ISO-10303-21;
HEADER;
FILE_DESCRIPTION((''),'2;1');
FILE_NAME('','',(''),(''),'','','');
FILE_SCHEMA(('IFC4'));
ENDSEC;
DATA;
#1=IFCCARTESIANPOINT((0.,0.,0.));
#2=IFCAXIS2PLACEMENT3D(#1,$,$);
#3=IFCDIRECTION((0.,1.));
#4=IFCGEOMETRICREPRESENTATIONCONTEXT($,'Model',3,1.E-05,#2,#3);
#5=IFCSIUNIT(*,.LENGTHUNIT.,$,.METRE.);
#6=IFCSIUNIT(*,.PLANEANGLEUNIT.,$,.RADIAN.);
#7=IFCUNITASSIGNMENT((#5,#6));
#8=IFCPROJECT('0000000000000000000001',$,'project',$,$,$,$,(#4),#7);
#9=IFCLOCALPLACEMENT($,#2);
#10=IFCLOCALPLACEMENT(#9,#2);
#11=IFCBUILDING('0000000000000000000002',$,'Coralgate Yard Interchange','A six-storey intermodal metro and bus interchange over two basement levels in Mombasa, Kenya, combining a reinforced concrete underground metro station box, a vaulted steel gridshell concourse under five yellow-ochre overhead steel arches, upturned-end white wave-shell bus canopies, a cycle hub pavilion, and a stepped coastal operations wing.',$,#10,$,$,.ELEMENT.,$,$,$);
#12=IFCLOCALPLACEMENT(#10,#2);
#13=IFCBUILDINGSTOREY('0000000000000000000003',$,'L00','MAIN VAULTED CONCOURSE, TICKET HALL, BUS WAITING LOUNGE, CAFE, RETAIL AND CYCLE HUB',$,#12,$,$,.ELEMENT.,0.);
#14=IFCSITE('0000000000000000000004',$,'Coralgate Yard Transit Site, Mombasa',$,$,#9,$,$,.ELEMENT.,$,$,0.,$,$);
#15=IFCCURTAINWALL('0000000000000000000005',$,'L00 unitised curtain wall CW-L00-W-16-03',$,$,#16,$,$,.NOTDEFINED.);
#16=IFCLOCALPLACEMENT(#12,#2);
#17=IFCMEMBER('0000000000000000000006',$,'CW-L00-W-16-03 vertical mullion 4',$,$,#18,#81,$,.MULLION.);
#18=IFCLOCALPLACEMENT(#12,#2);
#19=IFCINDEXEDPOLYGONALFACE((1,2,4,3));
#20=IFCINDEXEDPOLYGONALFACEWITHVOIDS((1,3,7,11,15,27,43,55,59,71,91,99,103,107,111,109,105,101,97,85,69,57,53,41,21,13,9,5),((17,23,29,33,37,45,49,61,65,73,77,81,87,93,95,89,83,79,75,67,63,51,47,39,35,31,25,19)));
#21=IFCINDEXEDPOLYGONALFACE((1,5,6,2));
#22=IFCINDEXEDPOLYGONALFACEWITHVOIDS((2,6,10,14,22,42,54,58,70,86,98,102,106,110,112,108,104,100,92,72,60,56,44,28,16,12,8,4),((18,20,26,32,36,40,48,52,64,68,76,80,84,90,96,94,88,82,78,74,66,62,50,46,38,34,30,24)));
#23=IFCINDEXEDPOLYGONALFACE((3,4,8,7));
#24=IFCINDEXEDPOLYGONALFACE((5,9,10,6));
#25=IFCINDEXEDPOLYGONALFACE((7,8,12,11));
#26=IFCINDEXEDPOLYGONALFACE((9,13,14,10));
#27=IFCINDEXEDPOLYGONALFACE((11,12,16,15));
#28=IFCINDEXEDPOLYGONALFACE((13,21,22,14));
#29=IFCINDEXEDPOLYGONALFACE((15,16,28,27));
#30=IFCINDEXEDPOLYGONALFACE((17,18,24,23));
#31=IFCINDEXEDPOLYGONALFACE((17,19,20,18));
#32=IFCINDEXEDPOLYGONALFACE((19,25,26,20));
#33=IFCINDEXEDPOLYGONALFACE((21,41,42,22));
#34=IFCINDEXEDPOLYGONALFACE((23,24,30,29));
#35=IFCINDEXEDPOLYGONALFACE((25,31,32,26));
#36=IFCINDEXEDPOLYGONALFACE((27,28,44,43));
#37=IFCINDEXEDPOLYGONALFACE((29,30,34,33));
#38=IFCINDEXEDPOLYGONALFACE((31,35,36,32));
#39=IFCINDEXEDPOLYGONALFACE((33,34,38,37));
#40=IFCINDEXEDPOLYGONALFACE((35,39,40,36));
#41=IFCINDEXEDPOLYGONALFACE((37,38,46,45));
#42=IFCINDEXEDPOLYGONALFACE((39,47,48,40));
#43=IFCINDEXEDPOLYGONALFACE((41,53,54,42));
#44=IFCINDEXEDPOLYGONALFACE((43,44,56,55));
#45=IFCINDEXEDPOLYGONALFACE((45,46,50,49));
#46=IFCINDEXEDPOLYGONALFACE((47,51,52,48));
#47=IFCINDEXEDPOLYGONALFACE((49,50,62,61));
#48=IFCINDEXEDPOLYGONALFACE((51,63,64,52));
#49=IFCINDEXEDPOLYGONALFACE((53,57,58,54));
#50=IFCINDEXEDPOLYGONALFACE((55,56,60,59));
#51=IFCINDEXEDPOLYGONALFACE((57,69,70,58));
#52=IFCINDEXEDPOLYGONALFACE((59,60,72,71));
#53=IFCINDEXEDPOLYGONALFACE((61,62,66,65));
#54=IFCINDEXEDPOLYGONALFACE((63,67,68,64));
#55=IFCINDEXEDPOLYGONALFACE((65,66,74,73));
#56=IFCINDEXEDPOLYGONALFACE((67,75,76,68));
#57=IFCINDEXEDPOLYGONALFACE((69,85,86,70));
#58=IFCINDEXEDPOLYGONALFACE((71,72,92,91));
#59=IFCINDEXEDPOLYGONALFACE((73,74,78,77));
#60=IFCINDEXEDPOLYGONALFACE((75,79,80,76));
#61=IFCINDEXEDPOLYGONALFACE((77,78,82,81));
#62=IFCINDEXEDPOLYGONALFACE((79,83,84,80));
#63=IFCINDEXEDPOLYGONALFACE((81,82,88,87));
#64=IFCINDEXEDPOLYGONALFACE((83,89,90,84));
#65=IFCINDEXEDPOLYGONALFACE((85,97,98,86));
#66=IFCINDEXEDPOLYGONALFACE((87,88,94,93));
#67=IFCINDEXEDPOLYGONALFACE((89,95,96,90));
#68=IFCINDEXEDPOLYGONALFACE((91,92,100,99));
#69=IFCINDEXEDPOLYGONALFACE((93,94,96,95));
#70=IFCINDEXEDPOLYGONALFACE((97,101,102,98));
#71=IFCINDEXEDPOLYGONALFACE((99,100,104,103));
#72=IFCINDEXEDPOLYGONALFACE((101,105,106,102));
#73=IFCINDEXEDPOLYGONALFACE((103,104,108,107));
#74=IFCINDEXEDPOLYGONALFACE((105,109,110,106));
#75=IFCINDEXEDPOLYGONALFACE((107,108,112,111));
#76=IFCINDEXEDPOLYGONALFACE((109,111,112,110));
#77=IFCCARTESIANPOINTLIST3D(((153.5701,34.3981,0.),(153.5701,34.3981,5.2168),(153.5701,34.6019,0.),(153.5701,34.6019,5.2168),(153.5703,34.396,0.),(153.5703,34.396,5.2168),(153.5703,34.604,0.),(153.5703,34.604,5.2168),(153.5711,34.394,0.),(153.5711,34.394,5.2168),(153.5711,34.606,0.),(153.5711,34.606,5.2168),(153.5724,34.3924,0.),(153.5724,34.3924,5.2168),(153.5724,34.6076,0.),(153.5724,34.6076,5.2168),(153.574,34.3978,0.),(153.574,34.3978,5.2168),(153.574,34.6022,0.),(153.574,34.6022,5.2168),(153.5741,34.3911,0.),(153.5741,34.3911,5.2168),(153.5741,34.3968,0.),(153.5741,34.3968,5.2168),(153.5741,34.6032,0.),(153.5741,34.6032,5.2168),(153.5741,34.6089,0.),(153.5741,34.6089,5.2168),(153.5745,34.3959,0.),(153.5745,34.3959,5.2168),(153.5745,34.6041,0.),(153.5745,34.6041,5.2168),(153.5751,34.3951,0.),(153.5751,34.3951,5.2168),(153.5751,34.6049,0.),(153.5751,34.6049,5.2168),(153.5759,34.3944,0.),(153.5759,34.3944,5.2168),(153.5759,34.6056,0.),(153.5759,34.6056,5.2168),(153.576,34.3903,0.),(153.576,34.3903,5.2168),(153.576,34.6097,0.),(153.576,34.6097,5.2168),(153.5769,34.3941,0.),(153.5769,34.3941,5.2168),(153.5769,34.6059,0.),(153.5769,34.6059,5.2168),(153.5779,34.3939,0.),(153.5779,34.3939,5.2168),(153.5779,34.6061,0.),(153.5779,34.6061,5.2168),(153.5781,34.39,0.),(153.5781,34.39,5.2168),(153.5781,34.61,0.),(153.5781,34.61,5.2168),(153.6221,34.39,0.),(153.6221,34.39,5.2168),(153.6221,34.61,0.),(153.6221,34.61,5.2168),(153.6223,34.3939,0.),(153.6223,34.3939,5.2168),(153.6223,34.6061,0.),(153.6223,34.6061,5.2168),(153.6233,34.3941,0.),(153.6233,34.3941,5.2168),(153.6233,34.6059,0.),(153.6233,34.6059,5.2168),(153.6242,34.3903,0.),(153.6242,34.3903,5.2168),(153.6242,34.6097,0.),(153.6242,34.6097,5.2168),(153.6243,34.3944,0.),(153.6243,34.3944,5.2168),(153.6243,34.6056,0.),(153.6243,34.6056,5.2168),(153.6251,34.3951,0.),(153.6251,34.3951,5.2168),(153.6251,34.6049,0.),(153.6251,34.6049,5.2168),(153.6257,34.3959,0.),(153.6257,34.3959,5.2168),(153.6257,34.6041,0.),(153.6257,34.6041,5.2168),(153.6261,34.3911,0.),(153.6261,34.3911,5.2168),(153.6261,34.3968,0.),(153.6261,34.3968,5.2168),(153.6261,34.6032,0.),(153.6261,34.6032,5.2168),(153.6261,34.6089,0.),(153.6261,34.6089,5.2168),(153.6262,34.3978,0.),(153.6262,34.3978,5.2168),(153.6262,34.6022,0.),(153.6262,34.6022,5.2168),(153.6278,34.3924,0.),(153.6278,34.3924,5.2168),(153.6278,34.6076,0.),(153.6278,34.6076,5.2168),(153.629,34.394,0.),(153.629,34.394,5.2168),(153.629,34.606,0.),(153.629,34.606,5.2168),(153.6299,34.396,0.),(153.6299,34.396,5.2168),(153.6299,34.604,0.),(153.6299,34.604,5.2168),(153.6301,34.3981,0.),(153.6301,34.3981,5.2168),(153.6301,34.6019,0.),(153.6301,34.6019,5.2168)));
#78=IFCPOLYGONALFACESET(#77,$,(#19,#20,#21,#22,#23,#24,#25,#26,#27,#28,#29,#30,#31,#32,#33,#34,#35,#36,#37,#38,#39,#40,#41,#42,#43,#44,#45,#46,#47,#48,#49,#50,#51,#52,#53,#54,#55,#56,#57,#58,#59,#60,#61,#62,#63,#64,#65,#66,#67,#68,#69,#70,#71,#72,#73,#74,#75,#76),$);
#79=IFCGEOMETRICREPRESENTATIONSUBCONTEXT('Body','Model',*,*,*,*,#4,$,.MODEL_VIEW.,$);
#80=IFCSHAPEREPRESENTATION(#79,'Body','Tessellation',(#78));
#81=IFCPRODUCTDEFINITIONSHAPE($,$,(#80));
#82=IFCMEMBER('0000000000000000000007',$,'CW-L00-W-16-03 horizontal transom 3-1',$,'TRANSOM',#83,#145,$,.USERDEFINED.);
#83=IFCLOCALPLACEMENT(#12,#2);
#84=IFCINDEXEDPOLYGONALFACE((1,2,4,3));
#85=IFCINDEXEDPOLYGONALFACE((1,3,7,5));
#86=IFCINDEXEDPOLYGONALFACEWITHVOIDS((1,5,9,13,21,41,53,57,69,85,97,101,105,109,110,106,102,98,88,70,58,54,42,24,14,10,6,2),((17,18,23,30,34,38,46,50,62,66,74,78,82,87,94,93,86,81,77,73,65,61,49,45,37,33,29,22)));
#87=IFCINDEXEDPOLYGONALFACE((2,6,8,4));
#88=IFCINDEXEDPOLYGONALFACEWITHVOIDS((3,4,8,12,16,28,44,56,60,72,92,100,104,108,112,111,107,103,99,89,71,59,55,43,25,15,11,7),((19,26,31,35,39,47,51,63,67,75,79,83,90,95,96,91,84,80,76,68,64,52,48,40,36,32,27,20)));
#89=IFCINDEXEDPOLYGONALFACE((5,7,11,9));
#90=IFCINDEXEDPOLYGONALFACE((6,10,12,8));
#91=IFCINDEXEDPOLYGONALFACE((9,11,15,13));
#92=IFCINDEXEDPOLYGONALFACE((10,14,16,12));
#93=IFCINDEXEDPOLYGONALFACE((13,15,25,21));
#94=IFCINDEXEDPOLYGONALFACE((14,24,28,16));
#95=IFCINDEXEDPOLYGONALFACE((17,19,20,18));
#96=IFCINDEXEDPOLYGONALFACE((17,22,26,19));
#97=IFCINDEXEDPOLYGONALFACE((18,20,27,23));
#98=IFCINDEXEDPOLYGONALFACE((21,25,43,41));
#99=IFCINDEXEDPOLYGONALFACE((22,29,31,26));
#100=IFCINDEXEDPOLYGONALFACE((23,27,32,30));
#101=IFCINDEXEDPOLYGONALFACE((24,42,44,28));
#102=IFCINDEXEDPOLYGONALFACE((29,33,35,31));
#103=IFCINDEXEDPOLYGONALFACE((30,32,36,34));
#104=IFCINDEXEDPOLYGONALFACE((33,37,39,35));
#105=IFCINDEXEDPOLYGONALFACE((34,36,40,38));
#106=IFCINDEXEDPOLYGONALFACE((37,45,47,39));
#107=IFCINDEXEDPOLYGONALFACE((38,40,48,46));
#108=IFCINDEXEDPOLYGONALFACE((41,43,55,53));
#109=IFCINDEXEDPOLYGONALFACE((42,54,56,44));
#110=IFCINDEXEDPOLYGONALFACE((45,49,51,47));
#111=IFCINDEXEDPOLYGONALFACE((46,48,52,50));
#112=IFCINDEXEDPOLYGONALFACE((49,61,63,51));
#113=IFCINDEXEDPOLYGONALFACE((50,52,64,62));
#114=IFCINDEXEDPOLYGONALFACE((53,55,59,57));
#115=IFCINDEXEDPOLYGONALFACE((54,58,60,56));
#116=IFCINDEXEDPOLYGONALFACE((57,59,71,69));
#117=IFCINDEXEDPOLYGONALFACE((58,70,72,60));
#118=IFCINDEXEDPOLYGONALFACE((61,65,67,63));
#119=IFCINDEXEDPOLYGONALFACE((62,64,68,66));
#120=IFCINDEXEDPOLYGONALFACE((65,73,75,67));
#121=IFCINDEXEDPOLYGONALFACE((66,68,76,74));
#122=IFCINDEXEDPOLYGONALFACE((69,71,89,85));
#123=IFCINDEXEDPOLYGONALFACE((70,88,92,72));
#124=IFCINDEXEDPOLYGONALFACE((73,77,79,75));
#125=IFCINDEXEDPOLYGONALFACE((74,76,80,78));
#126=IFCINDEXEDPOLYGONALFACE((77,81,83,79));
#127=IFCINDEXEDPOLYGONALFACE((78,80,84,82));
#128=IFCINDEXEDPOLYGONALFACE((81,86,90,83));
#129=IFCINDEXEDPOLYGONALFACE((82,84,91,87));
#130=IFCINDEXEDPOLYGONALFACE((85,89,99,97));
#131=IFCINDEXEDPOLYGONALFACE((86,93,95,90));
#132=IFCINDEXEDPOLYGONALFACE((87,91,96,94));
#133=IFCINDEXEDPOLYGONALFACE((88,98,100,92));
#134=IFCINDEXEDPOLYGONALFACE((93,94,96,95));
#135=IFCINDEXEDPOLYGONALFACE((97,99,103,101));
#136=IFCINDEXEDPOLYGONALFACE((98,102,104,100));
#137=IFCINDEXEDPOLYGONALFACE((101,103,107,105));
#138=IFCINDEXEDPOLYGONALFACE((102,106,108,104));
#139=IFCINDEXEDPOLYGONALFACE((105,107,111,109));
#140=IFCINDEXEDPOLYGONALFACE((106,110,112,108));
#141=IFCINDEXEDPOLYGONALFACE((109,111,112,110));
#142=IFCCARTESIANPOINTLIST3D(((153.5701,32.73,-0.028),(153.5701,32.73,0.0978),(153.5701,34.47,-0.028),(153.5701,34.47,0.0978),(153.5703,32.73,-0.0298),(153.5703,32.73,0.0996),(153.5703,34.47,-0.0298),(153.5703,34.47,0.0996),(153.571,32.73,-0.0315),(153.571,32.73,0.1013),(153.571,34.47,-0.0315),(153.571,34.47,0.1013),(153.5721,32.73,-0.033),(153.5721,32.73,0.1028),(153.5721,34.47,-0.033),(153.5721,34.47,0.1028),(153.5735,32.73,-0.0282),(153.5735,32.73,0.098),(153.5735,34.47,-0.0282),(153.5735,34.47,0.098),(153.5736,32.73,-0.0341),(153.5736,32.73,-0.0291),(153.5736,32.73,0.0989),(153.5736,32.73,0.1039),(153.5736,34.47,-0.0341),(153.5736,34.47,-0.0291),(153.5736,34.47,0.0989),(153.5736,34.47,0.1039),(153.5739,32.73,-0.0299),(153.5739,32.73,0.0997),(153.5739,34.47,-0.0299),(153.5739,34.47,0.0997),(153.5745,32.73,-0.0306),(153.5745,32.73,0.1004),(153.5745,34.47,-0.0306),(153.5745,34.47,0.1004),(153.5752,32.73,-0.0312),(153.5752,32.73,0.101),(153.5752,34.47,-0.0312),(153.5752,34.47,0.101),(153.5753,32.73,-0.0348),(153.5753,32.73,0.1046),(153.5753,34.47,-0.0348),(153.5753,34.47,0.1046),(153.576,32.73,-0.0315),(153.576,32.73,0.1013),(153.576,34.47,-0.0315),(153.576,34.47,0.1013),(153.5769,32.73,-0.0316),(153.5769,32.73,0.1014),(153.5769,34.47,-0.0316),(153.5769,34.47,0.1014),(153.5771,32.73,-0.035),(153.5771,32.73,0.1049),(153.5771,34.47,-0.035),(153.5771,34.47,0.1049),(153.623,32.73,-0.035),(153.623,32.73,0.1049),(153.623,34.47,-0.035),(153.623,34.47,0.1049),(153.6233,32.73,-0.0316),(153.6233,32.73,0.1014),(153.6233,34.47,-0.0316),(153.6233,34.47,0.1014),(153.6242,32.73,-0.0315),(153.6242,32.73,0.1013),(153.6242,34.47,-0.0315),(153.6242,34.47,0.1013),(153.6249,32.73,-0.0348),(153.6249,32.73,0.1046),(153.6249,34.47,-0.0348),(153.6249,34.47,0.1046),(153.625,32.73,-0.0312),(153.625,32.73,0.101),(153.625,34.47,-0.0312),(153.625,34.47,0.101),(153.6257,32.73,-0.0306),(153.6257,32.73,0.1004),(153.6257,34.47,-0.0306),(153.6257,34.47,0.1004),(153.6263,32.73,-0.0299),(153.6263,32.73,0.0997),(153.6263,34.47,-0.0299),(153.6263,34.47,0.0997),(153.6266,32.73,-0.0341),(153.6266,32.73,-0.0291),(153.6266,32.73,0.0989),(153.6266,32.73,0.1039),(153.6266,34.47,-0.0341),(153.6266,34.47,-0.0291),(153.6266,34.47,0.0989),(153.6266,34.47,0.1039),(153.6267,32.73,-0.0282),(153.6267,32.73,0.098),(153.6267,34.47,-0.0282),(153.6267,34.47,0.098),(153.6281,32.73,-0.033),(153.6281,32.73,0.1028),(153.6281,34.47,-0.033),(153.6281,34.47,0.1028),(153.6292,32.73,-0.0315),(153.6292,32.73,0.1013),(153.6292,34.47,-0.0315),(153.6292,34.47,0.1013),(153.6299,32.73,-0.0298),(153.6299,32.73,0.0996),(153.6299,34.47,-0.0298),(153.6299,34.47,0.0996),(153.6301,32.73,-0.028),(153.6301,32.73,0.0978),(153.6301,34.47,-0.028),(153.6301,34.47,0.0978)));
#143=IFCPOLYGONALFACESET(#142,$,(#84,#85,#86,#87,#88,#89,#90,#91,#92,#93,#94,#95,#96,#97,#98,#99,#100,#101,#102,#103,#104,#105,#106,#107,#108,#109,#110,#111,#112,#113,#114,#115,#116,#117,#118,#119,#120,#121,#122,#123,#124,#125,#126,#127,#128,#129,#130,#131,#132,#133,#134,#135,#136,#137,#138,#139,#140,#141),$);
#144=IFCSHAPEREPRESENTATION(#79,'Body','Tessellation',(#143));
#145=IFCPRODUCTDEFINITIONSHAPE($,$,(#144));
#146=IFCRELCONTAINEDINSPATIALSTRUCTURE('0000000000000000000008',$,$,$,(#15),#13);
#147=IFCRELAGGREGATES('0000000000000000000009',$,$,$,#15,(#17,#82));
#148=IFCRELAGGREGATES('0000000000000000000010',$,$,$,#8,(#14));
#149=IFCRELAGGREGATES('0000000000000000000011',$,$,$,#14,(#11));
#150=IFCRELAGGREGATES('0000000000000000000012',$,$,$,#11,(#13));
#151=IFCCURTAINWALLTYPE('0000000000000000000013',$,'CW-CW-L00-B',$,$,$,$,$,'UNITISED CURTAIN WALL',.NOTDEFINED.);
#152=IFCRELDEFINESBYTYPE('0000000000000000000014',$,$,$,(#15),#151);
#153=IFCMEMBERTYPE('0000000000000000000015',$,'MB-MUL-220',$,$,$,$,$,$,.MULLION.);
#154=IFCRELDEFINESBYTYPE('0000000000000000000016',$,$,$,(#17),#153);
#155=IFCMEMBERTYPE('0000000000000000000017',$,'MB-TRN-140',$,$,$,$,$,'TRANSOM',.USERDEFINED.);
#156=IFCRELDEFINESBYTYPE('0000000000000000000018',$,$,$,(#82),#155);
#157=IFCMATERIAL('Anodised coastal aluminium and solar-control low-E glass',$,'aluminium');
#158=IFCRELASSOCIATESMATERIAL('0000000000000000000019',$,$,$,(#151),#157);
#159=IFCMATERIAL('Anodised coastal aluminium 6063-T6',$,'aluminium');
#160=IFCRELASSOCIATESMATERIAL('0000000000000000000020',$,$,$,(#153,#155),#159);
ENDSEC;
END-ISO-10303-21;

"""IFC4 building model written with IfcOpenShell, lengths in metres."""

from ifc_helpers import new_model, si_unit, direction, frame, origin, origin_2d, place, context, subcontext, project, spatial, hollow_rectangle, extrude, material, material_profile, profile_set, type_object, element, aggregate, save


model = new_model("IFC4")

# Units and contexts
model_context = context("Model", 3, precision=1e-05, world=origin(), true_north=direction((0.0, 1.0)))
body_context = subcontext(model_context, "Body", "Model", "MODEL_VIEW")
ifc_project = project(units=[si_unit("LENGTHUNIT", "METRE"), si_unit("PLANEANGLEUNIT", "RADIAN")], contexts=[model_context])

# Site, building, storey
site_placement = place(None, origin())
site = spatial("IfcSite", under=ifc_project, at=site_placement, Name="Coralgate Yard Transit Site, Mombasa", CompositionType="ELEMENT", RefElevation=0.0)
building_placement = place(site_placement, origin())
building = spatial("IfcBuilding", under=site, at=building_placement, Name="Coralgate Yard Interchange", Description="A six-storey intermodal metro and bus interchange over two basement levels in Mombasa, Kenya, combining a reinforced concrete underground metro station box, a vaulted steel gridshell concourse under five yellow-ochre overhead steel arches, upturned-end white wave-shell bus canopies, a cycle hub pavilion, and a stepped coastal operations wing.", CompositionType="ELEMENT")
storey_placement = place(building_placement, origin())
storey = spatial("IfcBuildingStorey", under=building, at=storey_placement, Name="L00", Description="MAIN VAULTED CONCOURSE, TICKET HALL, BUS WAITING LOUNGE, CAFE, RETAIL AND CYCLE HUB", CompositionType="ELEMENT", Elevation=0.0)

# Curtain wall, members
ifc_material_1 = material(Name="Anodised coastal aluminium and solar-control low-E glass", Category="aluminium")
curtain_wall_type = type_object("IfcCurtainWallType", Name="CW-CW-L00-B", ElementType="UNITISED CURTAIN WALL", PredefinedType="NOTDEFINED", material=ifc_material_1)
curtain_wall_placement = place(storey_placement, origin())
curtain_wall = element("IfcCurtainWall", 1, at=curtain_wall_placement, inside=storey, type_object=curtain_wall_type, Name="L00 unitised curtain wall CW-L00-W-16-03", PredefinedType="NOTDEFINED")
ifc_material_2 = material(Name="Anodised coastal aluminium 6063-T6", Category="aluminium")
ifc_material_profile_1 = material_profile(ifc_material_2, hollow_rectangle(XDim=0.0601, YDim=0.22, WallThickness=0.0039, InnerFilletRadius=0.0039, OuterFilletRadius=0.0081, at=origin_2d()), Name="ALU 60x220x4")
ifc_profile_set_1 = profile_set([ifc_material_profile_1], Name="Anodised coastal aluminium 6063-T6")
member_type_1 = type_object("IfcMemberType", Name="MB-MUL-220", PredefinedType="MULLION", material=ifc_profile_set_1)
member_1_placement = place(storey_placement, frame((153.6001, 34.5, 0.0), z_axis=(0.0, 0.0, 1.0), x_axis=(1.0, 0.0, 0.0)))
member_1 = element("IfcMember", 2, at=member_1_placement, type_object=member_type_1, Name="CW-L00-W-16-03 vertical mullion 4", PredefinedType="MULLION", context=body_context, shape_type="SweptSolid", body=[
    extrude(hollow_rectangle(XDim=0.0601, YDim=0.22, WallThickness=0.0039, InnerFilletRadius=0.0039, OuterFilletRadius=0.0081, at=origin_2d()), origin(), (0.0, 0.0, 1.0), 5.2168),
])
ifc_material_profile_2 = material_profile(ifc_material_2, hollow_rectangle(XDim=0.0601, YDim=0.1399, WallThickness=0.0034, InnerFilletRadius=0.0034, OuterFilletRadius=0.0071, at=origin_2d()), Name="ALU 60x140x3.5")
ifc_profile_set_2 = profile_set([ifc_material_profile_2], Name="Anodised coastal aluminium 6063-T6")
member_type_2 = type_object("IfcMemberType", Name="MB-TRN-140", ElementType="TRANSOM", PredefinedType="USERDEFINED", material=ifc_profile_set_2)
member_2_placement = place(storey_placement, frame((153.6001, 32.73, 0.0349), z_axis=(0.0, 1.0, 0.0), x_axis=(-1.0, 0.0, 0.0)))
member_2 = element("IfcMember", 3, at=member_2_placement, type_object=member_type_2, Name="CW-L00-W-16-03 horizontal transom 3-1", ObjectType="TRANSOM", PredefinedType="USERDEFINED", context=body_context, shape_type="SweptSolid", body=[
    extrude(hollow_rectangle(XDim=0.0601, YDim=0.1399, WallThickness=0.0034, InnerFilletRadius=0.0034, OuterFilletRadius=0.0071, at=origin_2d()), origin(), (0.0, 0.0, 1.0), 1.74),
])
aggregate(curtain_wall, [member_1, member_2])

save(model, "model.ifc")
